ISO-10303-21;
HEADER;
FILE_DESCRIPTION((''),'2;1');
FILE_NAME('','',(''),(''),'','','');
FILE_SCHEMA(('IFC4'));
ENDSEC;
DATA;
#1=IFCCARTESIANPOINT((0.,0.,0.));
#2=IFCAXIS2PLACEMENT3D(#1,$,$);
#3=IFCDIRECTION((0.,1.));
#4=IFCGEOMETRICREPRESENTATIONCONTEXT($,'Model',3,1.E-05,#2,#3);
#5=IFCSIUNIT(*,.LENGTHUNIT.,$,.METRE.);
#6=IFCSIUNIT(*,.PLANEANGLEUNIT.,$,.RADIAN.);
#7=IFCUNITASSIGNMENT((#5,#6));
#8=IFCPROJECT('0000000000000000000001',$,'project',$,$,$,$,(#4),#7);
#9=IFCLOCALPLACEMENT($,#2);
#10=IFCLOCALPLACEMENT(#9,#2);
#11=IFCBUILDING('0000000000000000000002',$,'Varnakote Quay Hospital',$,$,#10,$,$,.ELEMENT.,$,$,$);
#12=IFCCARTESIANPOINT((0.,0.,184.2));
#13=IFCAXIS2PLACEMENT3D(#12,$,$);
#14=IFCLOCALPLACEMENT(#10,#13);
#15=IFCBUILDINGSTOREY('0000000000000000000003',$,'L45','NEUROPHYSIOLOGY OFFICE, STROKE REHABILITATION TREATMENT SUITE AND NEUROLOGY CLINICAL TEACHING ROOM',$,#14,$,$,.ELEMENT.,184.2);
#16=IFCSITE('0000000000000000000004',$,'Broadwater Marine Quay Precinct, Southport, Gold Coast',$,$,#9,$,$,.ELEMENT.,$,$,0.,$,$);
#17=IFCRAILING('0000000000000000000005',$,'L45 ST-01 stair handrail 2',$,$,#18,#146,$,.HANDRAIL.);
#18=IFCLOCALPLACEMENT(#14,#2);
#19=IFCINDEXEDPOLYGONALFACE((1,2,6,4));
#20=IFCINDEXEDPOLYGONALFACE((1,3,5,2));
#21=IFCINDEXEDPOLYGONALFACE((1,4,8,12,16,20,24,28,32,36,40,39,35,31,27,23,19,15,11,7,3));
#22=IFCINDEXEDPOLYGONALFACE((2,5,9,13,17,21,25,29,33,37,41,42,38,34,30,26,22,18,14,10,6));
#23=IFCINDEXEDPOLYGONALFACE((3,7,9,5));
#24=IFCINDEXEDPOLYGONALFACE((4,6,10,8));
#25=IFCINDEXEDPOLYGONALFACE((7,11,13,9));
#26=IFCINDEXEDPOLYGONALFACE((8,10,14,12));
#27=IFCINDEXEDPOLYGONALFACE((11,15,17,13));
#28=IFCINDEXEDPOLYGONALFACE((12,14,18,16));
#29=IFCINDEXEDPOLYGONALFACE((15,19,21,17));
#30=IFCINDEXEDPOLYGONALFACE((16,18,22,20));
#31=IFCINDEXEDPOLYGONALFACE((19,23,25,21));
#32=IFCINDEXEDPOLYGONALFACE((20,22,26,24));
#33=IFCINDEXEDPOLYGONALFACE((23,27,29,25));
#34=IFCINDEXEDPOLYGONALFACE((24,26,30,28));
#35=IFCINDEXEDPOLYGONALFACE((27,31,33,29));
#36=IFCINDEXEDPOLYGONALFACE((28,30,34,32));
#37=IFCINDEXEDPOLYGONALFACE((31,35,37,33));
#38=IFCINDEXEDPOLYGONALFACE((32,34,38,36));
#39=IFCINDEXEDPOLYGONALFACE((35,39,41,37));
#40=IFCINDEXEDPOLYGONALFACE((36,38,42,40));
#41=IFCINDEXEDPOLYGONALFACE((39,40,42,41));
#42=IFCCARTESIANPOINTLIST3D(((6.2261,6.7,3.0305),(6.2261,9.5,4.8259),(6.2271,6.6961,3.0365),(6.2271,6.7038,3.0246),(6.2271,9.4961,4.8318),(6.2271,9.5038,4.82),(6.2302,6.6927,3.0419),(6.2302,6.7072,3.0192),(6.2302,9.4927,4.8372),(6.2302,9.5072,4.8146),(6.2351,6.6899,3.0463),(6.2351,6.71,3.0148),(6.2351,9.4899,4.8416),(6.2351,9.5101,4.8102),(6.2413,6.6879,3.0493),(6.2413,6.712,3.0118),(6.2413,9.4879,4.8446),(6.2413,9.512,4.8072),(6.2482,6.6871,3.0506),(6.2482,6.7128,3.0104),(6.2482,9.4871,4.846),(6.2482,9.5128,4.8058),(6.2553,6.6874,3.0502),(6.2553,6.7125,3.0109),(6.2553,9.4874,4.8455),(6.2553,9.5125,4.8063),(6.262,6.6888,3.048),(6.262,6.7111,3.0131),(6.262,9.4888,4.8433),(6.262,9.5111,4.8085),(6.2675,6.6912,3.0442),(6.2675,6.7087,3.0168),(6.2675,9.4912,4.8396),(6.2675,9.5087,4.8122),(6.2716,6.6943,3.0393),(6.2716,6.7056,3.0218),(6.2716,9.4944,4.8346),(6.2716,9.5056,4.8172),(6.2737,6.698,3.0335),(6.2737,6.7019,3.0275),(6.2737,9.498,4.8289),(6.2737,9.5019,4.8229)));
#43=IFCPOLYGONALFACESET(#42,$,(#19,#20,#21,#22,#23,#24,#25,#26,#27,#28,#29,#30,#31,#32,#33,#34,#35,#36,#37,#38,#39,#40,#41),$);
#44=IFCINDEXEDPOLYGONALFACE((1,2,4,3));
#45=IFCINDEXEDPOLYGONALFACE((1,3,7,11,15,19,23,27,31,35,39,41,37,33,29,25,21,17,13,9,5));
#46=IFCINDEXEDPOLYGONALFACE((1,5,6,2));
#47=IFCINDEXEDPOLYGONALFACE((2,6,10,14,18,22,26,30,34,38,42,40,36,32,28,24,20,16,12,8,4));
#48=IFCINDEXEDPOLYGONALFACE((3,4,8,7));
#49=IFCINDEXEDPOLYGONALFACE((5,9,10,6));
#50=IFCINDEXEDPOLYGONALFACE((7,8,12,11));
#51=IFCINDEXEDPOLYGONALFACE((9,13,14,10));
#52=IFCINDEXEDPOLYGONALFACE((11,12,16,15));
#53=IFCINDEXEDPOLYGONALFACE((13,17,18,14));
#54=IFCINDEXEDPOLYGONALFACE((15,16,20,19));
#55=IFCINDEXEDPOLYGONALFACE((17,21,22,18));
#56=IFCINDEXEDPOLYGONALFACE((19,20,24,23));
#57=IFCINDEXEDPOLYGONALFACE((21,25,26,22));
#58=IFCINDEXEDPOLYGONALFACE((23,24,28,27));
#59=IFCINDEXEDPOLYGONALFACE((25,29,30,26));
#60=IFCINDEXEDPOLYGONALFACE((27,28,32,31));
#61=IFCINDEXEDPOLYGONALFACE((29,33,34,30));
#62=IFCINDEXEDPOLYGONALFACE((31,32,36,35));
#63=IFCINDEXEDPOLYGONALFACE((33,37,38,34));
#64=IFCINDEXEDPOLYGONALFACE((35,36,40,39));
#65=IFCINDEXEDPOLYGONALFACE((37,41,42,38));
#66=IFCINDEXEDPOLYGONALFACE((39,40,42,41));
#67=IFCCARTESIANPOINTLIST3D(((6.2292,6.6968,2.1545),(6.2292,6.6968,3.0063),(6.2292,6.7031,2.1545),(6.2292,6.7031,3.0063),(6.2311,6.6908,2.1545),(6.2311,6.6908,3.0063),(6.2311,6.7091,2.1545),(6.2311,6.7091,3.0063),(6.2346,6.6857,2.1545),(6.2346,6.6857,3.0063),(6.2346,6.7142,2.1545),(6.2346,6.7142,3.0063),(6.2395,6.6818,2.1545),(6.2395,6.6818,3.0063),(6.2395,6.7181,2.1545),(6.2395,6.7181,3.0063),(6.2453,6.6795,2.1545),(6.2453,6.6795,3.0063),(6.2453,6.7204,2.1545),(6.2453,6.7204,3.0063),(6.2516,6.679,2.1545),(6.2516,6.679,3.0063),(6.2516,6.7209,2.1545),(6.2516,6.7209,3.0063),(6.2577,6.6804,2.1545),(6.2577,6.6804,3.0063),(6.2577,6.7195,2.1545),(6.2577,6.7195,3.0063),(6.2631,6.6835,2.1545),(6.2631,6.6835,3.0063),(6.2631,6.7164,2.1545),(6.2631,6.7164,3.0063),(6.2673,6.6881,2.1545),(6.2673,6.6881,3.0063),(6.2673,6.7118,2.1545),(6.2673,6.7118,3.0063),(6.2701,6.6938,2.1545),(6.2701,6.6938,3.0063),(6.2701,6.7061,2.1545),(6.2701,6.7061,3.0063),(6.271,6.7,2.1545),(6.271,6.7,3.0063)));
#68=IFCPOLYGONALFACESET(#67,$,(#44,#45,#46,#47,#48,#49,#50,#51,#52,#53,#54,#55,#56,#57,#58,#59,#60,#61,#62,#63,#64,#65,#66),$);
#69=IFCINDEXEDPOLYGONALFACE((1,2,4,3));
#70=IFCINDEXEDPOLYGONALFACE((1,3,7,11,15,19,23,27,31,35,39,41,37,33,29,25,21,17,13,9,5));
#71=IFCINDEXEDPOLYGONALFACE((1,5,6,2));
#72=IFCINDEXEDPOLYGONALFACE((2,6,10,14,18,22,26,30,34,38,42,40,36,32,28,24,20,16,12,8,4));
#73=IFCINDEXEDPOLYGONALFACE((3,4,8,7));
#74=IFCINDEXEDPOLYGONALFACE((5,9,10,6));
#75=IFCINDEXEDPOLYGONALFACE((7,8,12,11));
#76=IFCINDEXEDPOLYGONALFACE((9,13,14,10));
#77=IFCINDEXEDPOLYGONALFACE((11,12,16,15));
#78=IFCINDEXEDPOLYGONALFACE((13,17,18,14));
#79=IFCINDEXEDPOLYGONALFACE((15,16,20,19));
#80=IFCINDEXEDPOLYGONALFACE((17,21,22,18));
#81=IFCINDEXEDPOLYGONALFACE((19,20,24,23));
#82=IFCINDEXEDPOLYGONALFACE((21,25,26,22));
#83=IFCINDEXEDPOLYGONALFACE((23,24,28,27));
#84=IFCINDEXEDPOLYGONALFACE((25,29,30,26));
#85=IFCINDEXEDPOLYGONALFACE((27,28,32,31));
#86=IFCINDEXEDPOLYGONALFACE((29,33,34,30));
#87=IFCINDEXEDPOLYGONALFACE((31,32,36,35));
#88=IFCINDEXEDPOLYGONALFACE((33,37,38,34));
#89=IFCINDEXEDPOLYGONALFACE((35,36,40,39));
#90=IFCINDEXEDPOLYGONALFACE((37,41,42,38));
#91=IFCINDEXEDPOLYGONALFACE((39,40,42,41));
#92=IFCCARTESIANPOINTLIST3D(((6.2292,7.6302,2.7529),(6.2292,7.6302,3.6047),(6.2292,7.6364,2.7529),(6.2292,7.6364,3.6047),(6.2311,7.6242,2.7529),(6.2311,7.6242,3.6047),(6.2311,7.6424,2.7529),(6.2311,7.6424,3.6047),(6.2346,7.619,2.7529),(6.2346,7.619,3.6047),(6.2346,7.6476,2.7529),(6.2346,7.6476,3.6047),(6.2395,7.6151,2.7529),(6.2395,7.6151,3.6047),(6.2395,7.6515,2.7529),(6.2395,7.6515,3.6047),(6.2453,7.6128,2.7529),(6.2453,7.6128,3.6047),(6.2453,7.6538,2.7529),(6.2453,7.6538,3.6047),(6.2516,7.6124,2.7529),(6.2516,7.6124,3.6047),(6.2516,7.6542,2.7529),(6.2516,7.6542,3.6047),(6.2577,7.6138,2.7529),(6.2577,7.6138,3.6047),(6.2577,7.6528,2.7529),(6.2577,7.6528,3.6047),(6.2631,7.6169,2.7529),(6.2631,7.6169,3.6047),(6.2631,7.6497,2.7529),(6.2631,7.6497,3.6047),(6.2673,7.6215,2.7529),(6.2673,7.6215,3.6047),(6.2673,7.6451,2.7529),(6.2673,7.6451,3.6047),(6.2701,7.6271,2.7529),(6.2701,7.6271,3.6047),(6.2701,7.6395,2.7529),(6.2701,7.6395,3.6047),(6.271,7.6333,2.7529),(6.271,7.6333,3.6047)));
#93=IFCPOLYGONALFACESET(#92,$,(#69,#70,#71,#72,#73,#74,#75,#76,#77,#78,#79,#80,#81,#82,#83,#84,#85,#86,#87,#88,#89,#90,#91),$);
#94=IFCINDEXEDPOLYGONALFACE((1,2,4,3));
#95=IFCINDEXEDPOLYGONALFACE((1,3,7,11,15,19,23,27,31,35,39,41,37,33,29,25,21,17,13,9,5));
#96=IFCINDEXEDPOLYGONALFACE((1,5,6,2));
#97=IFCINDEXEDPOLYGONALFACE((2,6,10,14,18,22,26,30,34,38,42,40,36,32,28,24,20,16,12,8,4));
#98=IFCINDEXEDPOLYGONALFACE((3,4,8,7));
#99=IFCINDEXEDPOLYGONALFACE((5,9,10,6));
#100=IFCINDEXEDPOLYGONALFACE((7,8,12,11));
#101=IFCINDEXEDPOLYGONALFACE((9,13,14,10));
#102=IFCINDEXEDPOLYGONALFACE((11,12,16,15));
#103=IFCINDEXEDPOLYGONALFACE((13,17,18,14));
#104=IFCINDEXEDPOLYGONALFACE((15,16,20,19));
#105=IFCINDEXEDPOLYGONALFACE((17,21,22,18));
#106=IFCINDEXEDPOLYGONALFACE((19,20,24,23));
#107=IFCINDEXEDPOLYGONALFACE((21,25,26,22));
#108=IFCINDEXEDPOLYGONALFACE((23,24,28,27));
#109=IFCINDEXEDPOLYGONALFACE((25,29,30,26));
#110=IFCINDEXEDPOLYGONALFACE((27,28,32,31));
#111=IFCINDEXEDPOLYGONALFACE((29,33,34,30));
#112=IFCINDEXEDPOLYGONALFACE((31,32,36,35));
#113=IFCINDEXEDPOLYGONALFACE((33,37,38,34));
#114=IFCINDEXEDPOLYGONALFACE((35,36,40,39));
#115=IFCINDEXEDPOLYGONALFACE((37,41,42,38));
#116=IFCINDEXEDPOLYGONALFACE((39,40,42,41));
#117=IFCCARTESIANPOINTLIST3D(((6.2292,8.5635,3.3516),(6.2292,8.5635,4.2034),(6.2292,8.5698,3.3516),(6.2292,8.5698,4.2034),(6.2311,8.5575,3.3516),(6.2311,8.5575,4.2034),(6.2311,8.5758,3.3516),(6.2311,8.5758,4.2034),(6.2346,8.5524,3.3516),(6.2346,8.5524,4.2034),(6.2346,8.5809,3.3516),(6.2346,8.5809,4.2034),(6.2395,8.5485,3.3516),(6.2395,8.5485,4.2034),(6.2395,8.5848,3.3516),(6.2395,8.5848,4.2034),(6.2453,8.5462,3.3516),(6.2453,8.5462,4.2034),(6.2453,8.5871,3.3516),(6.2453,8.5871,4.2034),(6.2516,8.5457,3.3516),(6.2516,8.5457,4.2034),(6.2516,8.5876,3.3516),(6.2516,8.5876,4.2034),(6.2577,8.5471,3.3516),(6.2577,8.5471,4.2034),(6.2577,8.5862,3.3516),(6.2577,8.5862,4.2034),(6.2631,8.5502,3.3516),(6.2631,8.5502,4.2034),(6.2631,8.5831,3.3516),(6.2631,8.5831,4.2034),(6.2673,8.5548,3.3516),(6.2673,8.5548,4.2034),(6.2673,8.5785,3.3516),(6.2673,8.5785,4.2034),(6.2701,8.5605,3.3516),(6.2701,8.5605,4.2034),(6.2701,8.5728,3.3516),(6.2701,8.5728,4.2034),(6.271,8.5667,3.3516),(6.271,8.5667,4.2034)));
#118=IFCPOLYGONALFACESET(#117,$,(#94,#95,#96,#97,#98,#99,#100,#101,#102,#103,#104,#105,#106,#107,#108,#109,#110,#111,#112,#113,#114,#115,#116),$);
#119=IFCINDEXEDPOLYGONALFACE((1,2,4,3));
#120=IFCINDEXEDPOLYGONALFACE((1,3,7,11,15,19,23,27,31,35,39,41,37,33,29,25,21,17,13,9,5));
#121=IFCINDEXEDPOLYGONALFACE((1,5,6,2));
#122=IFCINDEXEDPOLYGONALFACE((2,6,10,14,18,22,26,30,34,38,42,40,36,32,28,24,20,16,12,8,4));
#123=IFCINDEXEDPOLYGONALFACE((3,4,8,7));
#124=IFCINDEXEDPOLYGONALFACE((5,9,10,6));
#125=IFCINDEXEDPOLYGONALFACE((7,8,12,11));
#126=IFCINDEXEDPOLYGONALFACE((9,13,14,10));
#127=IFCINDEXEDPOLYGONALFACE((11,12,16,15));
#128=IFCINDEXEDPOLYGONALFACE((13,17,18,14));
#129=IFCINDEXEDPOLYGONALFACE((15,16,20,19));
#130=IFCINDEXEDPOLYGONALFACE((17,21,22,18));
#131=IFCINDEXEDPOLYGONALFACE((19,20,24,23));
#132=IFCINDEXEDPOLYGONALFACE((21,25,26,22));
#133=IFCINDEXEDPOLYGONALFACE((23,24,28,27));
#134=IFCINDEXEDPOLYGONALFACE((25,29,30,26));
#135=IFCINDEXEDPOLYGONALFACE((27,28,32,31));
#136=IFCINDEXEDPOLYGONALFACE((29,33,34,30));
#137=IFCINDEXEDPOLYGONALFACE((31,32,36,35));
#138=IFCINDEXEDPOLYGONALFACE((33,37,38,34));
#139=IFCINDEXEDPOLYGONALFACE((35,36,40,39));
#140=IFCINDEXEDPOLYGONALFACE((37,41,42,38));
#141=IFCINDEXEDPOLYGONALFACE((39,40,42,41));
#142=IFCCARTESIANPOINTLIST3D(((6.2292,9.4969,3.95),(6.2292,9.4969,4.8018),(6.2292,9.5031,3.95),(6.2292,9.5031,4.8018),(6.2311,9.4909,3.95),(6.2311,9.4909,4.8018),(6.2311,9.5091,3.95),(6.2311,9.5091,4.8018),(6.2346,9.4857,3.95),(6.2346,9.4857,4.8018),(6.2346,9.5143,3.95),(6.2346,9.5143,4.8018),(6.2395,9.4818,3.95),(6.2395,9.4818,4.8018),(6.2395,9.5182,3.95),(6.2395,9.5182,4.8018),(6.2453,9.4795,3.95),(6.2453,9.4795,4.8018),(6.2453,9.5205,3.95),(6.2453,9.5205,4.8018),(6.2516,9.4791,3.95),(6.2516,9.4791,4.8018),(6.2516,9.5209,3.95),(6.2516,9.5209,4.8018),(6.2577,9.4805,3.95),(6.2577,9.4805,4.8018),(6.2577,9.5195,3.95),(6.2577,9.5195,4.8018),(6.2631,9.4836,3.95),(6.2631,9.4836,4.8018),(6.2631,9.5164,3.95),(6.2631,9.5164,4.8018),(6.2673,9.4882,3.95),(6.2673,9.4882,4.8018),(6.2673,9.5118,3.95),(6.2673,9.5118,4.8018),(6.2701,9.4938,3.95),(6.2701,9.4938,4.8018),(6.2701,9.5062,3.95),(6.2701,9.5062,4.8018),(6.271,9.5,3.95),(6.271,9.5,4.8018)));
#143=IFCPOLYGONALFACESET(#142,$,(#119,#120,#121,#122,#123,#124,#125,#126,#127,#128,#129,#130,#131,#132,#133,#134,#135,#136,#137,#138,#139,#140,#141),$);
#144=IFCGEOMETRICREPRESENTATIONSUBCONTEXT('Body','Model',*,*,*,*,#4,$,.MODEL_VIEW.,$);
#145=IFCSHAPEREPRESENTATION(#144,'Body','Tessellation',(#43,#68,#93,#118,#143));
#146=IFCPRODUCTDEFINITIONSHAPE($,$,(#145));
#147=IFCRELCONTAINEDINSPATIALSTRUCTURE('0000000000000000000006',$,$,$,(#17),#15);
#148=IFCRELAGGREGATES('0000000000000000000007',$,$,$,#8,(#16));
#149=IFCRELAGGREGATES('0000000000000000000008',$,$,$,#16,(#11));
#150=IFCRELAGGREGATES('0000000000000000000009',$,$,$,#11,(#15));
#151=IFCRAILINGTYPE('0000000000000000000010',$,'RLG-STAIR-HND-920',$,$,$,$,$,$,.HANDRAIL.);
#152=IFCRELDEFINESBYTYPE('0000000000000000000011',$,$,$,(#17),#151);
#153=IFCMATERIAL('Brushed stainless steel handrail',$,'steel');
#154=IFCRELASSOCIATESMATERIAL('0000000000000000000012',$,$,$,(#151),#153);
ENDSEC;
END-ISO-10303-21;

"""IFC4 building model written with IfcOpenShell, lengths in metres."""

from ifc_helpers import new_model, si_unit, direction, frame, origin, origin_2d, place, context, subcontext, project, spatial, circle, extrude, material, type_object, element, save


model = new_model("IFC4")

# Units and contexts
model_context = context("Model", 3, precision=1e-05, world=origin(), true_north=direction((0.0, 1.0)))
body_context = subcontext(model_context, "Body", "Model", "MODEL_VIEW")
ifc_project = project(units=[si_unit("LENGTHUNIT", "METRE"), si_unit("PLANEANGLEUNIT", "RADIAN")], contexts=[model_context])

# Site, building, storey
site_placement = place(None, origin())
site = spatial("IfcSite", under=ifc_project, at=site_placement, Name="Broadwater Marine Quay Precinct, Southport, Gold Coast", CompositionType="ELEMENT", RefElevation=0.0)
building_placement = place(site_placement, origin())
building = spatial("IfcBuilding", under=site, at=building_placement, Name="Varnakote Quay Hospital", CompositionType="ELEMENT")
storey_placement = place(building_placement, frame((0.0, 0.0, 184.2)))
storey = spatial("IfcBuildingStorey", under=building, at=storey_placement, Name="L45", Description="NEUROPHYSIOLOGY OFFICE, STROKE REHABILITATION TREATMENT SUITE AND NEUROLOGY CLINICAL TEACHING ROOM", CompositionType="ELEMENT", Elevation=184.2)

# Railing
ifc_material_1 = material(Name="Brushed stainless steel handrail", Category="steel")
railing_type_1 = type_object("IfcRailingType", Name="RLG-STAIR-HND-920", PredefinedType="HANDRAIL", material=ifc_material_1)
railing_1_placement = place(storey_placement, frame((6.25, 6.7, 2.1545)))
element("IfcRailing", 1, at=railing_1_placement, inside=storey, type_object=railing_type_1, Name="L45 ST-01 stair handrail 2", PredefinedType="HANDRAIL", context=body_context, shape_type="SweptSolid", body=[
    extrude(circle(Radius=0.0239, at=origin_2d()), frame((0.0, 0.0, 0.876), z_axis=(0.0, 0.84181, 0.539774), x_axis=(-1.0, 0.0, 0.0)), (0.0, 0.0, 1.0), 3.3262),
    extrude(circle(Radius=0.021, at=origin_2d()), origin(), (0.0, 0.0, 1.0), 0.8518),
    extrude(circle(Radius=0.021, at=origin_2d()), frame((0.0, 0.9333, 0.5984)), (0.0, 0.0, 1.0), 0.8518),
    extrude(circle(Radius=0.021, at=origin_2d()), frame((0.0, 1.8667, 1.197)), (0.0, 0.0, 1.0), 0.8518),
    extrude(circle(Radius=0.021, at=origin_2d()), frame((0.0, 2.8, 1.7954)), (0.0, 0.0, 1.0), 0.8518),
])

save(model, "model.ifc")
